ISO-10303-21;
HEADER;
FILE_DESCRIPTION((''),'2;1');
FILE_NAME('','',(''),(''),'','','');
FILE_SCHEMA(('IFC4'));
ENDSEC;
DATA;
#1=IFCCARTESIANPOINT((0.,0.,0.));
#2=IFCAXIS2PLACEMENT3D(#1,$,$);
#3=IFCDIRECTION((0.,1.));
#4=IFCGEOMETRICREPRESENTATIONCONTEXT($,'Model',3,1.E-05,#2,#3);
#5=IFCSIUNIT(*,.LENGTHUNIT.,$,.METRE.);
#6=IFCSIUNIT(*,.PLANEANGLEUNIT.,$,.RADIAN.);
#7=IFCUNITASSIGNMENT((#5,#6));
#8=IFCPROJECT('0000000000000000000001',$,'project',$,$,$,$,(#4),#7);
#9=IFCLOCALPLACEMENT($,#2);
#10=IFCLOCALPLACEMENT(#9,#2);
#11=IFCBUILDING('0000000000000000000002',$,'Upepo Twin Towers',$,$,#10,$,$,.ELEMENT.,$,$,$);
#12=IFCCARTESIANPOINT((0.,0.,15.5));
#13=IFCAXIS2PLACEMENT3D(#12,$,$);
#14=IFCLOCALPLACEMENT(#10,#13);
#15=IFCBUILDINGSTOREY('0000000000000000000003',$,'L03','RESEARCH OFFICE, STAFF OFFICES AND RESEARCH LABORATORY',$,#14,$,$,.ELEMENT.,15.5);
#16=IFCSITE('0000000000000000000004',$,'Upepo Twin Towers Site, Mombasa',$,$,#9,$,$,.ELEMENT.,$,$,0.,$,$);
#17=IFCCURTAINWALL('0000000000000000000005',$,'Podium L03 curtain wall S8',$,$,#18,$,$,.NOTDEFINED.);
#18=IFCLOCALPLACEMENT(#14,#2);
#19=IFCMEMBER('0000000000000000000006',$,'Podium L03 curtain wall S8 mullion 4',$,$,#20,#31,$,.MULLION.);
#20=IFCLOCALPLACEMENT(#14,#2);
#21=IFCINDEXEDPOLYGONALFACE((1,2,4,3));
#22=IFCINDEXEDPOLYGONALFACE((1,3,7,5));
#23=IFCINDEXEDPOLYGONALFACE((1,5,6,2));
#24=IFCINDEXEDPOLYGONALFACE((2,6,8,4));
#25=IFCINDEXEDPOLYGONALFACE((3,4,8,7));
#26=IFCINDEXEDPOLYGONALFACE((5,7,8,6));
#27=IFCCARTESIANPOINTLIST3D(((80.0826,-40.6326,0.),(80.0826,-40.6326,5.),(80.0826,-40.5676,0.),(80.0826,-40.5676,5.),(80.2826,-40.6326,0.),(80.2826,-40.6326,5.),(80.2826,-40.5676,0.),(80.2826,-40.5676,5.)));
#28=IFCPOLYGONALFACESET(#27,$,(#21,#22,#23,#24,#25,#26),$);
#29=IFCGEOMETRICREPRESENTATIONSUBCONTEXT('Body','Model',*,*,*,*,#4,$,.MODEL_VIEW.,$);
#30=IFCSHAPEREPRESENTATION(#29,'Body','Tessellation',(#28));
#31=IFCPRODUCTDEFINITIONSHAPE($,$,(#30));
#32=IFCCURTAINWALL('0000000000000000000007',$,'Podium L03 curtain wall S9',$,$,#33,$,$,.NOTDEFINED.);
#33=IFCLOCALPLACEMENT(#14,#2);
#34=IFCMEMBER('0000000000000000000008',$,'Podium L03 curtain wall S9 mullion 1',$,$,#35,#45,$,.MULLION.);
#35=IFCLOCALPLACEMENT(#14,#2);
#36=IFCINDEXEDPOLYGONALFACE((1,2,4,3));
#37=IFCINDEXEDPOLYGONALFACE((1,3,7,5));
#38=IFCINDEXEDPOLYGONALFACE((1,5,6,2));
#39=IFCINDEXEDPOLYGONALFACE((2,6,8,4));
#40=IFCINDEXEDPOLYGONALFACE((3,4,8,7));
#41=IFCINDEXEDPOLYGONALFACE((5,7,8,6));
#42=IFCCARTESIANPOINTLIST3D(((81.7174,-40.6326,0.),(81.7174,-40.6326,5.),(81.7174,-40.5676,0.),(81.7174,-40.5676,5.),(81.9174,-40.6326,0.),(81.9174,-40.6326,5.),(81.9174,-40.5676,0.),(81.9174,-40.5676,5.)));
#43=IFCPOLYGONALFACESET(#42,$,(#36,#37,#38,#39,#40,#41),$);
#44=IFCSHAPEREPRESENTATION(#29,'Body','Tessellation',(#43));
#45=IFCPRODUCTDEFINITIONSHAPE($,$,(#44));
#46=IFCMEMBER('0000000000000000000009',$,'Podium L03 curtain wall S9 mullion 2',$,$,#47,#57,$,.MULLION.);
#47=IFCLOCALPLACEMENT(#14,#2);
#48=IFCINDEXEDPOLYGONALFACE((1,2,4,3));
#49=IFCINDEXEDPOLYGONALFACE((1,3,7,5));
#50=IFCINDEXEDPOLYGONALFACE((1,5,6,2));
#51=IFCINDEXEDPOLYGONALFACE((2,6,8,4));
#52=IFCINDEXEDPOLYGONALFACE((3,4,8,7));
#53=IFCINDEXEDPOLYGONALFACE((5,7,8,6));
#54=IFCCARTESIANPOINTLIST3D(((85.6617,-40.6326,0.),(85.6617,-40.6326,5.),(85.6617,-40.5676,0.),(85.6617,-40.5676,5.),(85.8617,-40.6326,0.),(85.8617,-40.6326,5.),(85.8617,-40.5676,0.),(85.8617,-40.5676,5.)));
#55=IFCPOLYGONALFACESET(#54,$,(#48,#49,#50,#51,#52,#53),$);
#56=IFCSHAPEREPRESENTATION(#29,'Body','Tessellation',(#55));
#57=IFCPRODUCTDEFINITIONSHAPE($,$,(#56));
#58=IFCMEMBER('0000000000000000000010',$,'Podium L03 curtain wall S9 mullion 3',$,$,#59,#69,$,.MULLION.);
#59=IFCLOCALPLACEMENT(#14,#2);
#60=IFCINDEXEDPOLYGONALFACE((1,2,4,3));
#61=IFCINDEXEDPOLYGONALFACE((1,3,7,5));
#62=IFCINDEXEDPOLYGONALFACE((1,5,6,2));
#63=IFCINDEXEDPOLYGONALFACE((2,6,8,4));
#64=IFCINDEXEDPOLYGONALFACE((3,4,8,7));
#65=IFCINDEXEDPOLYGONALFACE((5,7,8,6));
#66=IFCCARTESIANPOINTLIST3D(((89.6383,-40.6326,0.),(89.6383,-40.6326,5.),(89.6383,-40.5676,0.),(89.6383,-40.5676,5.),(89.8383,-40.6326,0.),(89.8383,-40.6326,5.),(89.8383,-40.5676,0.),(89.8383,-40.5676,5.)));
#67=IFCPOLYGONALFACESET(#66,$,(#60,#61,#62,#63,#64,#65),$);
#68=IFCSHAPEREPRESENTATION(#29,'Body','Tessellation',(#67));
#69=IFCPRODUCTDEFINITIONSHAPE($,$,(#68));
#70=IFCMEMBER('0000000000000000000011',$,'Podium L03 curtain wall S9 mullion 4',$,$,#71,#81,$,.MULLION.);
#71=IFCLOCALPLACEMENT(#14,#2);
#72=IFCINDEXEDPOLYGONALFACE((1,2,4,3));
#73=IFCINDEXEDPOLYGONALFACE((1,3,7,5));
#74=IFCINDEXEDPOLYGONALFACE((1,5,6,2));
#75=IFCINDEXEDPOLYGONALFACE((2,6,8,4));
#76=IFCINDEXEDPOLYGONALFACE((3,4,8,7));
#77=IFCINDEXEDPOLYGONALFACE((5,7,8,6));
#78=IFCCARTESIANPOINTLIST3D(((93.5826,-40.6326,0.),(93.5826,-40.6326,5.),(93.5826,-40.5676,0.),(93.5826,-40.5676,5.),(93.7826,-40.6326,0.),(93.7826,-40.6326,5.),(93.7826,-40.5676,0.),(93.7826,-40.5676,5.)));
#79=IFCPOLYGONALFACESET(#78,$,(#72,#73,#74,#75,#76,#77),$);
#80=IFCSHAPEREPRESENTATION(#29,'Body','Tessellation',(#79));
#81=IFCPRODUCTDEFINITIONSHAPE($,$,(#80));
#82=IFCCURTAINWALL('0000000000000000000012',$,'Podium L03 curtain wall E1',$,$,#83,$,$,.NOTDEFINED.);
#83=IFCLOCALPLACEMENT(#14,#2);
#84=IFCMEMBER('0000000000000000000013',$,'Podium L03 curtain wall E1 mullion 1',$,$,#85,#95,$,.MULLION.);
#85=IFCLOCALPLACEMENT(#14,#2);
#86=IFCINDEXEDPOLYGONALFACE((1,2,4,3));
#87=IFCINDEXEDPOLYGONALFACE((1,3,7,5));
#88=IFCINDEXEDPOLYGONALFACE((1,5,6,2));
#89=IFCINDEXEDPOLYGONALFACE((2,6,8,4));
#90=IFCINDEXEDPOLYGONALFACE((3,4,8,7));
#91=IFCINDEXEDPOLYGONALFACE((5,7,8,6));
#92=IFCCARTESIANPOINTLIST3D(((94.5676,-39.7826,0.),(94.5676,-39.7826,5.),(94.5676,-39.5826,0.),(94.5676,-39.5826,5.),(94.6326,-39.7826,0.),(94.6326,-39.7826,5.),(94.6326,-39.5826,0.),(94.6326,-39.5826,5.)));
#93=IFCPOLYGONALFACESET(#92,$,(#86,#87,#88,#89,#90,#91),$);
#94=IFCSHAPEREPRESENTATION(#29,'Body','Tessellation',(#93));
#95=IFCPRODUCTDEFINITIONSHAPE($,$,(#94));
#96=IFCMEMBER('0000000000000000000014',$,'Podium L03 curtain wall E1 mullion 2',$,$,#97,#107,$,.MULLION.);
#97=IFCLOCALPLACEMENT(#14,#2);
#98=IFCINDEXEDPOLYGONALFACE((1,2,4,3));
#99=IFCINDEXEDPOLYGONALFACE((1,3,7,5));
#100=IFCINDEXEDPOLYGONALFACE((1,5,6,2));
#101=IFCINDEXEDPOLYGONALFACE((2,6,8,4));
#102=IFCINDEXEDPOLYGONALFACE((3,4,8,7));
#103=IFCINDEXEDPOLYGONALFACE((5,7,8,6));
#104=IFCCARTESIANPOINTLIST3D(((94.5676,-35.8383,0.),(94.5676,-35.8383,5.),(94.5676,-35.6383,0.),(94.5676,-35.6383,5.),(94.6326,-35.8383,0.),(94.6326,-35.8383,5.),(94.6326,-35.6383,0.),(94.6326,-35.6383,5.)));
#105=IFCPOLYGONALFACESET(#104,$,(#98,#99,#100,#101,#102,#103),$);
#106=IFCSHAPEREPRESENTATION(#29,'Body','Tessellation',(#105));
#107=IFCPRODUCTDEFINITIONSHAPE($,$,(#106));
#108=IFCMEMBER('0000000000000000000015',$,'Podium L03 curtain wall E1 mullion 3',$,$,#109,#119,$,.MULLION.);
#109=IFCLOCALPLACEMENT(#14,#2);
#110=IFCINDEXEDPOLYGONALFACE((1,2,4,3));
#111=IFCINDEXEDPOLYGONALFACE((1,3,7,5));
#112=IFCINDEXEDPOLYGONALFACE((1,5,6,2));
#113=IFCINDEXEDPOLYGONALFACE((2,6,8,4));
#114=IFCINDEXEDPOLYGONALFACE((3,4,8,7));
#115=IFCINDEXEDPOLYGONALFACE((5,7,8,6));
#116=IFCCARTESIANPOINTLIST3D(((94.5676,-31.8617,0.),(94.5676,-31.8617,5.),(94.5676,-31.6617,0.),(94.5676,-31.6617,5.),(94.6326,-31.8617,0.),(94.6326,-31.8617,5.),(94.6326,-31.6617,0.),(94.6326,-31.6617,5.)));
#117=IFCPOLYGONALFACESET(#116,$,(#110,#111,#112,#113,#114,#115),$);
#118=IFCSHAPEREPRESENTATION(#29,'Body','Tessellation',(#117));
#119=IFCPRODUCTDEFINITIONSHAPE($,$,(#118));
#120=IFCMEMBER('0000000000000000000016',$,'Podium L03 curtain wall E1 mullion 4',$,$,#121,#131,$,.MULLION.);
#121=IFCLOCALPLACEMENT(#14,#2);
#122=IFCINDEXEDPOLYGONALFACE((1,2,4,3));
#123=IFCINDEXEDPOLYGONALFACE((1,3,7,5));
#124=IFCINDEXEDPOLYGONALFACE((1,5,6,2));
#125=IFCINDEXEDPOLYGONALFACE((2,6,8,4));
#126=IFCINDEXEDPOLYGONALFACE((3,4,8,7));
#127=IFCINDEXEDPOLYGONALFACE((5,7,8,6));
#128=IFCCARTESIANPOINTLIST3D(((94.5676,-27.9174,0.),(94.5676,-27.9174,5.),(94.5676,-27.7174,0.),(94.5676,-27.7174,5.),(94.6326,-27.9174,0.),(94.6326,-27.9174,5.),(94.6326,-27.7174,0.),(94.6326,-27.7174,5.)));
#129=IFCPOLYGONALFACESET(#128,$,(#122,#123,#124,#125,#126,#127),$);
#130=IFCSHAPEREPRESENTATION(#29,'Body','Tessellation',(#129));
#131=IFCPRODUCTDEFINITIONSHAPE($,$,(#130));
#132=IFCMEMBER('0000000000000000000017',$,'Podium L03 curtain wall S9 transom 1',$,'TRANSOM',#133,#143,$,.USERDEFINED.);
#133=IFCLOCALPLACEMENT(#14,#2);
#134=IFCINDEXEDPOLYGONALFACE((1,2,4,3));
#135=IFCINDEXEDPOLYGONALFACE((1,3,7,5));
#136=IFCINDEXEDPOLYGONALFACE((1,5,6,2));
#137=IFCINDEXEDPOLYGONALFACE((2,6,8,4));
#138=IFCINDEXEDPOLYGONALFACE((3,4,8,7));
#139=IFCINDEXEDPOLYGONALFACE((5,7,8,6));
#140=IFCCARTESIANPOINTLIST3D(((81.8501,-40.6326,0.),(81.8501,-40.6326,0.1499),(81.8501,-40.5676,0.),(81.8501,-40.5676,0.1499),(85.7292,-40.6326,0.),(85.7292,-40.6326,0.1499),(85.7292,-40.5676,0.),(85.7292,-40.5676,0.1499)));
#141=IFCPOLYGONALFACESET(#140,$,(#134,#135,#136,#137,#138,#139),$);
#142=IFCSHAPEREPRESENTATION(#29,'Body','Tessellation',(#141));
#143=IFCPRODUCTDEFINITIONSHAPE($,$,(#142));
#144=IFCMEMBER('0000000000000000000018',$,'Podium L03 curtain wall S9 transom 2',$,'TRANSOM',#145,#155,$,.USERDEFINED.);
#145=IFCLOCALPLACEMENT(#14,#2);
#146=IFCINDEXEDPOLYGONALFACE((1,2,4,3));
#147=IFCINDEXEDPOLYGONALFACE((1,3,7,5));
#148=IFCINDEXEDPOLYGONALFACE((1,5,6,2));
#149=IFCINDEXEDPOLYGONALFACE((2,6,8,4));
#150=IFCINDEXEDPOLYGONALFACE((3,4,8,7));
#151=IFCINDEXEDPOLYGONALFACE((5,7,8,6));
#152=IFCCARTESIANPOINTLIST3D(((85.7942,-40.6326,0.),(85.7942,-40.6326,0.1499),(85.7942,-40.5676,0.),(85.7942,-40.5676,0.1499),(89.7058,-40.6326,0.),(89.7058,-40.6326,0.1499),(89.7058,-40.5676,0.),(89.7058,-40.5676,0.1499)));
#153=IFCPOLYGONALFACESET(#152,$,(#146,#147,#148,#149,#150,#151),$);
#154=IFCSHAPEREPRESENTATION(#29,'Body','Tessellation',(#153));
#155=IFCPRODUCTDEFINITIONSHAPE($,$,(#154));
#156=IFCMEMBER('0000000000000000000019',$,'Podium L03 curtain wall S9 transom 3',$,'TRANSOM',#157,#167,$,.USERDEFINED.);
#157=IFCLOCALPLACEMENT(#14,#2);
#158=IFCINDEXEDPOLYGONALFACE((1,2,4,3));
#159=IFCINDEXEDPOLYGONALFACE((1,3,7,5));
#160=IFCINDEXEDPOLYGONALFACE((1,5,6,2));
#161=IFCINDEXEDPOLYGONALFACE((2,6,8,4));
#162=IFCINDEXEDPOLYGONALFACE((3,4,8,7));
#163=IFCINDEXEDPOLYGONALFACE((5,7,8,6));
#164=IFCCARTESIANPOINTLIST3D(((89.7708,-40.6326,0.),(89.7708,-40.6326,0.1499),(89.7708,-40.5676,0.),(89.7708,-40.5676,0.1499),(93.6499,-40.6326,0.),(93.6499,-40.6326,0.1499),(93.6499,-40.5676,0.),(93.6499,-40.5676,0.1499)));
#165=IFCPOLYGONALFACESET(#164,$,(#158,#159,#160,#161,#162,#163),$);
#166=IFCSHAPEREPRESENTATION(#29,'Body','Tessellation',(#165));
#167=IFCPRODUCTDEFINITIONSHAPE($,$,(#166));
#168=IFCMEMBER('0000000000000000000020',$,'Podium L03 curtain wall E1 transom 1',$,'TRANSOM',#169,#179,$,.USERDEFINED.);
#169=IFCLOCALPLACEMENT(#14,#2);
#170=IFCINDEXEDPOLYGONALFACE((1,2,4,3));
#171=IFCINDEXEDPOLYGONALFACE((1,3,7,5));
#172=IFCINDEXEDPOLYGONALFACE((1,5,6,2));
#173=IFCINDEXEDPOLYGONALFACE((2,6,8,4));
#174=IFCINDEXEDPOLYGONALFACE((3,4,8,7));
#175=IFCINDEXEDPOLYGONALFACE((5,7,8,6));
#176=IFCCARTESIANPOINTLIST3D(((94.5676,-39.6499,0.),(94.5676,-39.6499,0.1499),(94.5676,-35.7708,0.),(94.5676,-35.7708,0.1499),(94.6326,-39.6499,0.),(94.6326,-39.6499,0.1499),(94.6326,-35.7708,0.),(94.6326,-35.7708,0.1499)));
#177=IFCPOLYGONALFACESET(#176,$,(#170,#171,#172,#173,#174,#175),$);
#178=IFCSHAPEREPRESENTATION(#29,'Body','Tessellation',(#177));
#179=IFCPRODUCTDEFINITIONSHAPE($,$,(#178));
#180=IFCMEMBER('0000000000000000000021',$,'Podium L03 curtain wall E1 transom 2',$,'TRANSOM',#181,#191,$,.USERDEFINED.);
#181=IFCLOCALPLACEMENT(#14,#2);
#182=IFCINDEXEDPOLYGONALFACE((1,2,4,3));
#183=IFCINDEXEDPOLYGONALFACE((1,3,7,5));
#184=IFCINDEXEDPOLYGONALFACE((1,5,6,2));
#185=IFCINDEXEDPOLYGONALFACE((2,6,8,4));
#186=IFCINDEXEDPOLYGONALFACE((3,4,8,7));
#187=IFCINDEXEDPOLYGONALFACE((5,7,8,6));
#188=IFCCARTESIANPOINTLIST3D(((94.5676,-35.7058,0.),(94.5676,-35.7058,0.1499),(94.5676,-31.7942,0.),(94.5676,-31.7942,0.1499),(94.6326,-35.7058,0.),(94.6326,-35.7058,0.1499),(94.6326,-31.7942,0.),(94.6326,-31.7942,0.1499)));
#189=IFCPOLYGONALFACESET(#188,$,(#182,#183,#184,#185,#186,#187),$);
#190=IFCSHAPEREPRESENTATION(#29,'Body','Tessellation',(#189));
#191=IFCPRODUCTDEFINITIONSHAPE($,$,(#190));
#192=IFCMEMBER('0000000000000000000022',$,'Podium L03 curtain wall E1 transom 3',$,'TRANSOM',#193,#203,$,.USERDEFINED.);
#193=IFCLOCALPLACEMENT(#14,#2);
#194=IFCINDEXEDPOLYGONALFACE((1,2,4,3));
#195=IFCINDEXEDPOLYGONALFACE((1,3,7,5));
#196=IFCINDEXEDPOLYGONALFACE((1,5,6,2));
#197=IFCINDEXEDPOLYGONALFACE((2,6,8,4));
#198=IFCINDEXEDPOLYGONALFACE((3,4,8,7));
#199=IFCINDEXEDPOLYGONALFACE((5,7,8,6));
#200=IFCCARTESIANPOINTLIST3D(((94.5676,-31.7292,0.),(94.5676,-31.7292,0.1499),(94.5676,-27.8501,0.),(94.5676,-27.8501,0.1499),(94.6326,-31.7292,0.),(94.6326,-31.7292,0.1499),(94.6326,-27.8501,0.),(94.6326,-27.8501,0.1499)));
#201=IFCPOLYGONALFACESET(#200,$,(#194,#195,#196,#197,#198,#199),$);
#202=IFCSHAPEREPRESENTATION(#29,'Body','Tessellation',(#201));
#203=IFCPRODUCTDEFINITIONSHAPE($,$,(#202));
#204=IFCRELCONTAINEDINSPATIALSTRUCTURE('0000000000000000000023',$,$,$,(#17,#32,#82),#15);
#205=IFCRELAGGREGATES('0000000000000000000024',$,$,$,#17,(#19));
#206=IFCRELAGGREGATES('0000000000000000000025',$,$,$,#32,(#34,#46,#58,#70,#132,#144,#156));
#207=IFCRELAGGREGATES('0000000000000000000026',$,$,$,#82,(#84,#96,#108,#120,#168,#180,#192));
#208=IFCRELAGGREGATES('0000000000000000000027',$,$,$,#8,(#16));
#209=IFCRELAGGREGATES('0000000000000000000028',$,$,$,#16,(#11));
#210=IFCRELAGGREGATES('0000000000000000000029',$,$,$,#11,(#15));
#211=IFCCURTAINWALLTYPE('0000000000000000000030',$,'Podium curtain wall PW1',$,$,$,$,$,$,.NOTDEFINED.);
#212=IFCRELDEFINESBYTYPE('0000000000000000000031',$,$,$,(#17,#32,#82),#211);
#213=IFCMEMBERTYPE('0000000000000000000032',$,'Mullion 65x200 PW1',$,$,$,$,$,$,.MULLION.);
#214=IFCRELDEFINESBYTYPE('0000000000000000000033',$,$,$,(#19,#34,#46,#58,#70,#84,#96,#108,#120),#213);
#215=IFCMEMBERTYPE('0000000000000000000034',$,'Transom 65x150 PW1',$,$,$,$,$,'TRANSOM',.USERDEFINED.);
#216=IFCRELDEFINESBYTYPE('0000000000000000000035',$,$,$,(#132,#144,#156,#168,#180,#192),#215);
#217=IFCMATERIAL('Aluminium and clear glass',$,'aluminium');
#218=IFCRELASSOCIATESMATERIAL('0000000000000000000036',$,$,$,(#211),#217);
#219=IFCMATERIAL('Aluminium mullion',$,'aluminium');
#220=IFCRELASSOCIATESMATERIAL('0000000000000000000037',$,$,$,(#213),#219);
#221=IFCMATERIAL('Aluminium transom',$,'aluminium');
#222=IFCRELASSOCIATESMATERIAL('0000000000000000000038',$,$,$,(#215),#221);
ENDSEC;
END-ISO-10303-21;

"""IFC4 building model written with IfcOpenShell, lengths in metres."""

from ifc_helpers import new_model, si_unit, direction, frame, origin, origin_2d, place, context, subcontext, project, spatial, rectangle, extrude, material, material_profile, profile_set, type_object, element, aggregate, save


model = new_model("IFC4")

# Units and contexts
model_context = context("Model", 3, precision=1e-05, world=origin(), true_north=direction((0.0, 1.0)))
body_context = subcontext(model_context, "Body", "Model", "MODEL_VIEW")
ifc_project = project(units=[si_unit("LENGTHUNIT", "METRE"), si_unit("PLANEANGLEUNIT", "RADIAN")], contexts=[model_context])

# Site, building, storey
site_placement = place(None, origin())
site = spatial("IfcSite", under=ifc_project, at=site_placement, Name="Upepo Twin Towers Site, Mombasa", CompositionType="ELEMENT", RefElevation=0.0)
building_placement = place(site_placement, origin())
building = spatial("IfcBuilding", under=site, at=building_placement, Name="Upepo Twin Towers", CompositionType="ELEMENT")
storey_placement = place(building_placement, frame((0.0, 0.0, 15.5)))
storey = spatial("IfcBuildingStorey", under=building, at=storey_placement, Name="L03", Description="RESEARCH OFFICE, STAFF OFFICES AND RESEARCH LABORATORY", CompositionType="ELEMENT", Elevation=15.5)

# Curtain wall, member
ifc_material_1 = material(Name="Aluminium and clear glass", Category="aluminium")
curtain_wall_type = type_object("IfcCurtainWallType", Name="Podium curtain wall PW1", PredefinedType="NOTDEFINED", material=ifc_material_1)
curtain_wall_1_placement = place(storey_placement, origin())
curtain_wall_1 = element("IfcCurtainWall", 1, at=curtain_wall_1_placement, inside=storey, type_object=curtain_wall_type, Name="Podium L03 curtain wall S8", PredefinedType="NOTDEFINED")
ifc_material_2 = material(Name="Aluminium mullion", Category="aluminium")
ifc_material_profile_1 = material_profile(ifc_material_2, rectangle(XDim=0.0649, YDim=0.2, at=origin_2d()), Name="MULLION 65x200 PODIUM")
ifc_profile_set_1 = profile_set([ifc_material_profile_1], Name="Aluminium mullion")
member_type_1 = type_object("IfcMemberType", Name="Mullion 65x200 PW1", PredefinedType="MULLION", material=ifc_profile_set_1)
member_1_placement = place(storey_placement, frame((80.1826, -40.6001, 0.0), z_axis=(0.0, 0.0, 1.0), x_axis=(0.0, 1.0, 0.0)))
member_1 = element("IfcMember", 2, at=member_1_placement, type_object=member_type_1, Name="Podium L03 curtain wall S8 mullion 4", PredefinedType="MULLION", context=body_context, shape_type="SweptSolid", body=[
    extrude(rectangle(XDim=0.0649, YDim=0.2, at=origin_2d()), origin(), (0.0, 0.0, 1.0), 5.0),
])
aggregate(curtain_wall_1, [member_1])

# Curtain walls, members
curtain_wall_2_placement = place(storey_placement, origin())
curtain_wall_2 = element("IfcCurtainWall", 3, at=curtain_wall_2_placement, inside=storey, type_object=curtain_wall_type, Name="Podium L03 curtain wall S9", PredefinedType="NOTDEFINED")
member_2_placement = place(storey_placement, frame((81.8174, -40.6001, 0.0), z_axis=(0.0, 0.0, 1.0), x_axis=(0.0, 1.0, 0.0)))
member_2 = element("IfcMember", 4, at=member_2_placement, type_object=member_type_1, Name="Podium L03 curtain wall S9 mullion 1", PredefinedType="MULLION", context=body_context, shape_type="SweptSolid", body=[
    extrude(rectangle(XDim=0.0649, YDim=0.2, at=origin_2d()), origin(), (0.0, 0.0, 1.0), 5.0),
])
member_3_placement = place(storey_placement, frame((85.7617, -40.6001, 0.0), z_axis=(0.0, 0.0, 1.0), x_axis=(0.0, 1.0, 0.0)))
member_3 = element("IfcMember", 5, at=member_3_placement, type_object=member_type_1, Name="Podium L03 curtain wall S9 mullion 2", PredefinedType="MULLION", context=body_context, shape_type="SweptSolid", body=[
    extrude(rectangle(XDim=0.0649, YDim=0.2, at=origin_2d()), origin(), (0.0, 0.0, 1.0), 5.0),
])
member_4_placement = place(storey_placement, frame((89.7383, -40.6001, 0.0), z_axis=(0.0, 0.0, 1.0), x_axis=(0.0, 1.0, 0.0)))
member_4 = element("IfcMember", 6, at=member_4_placement, type_object=member_type_1, Name="Podium L03 curtain wall S9 mullion 3", PredefinedType="MULLION", context=body_context, shape_type="SweptSolid", body=[
    extrude(rectangle(XDim=0.0649, YDim=0.2, at=origin_2d()), origin(), (0.0, 0.0, 1.0), 5.0),
])
member_5_placement = place(storey_placement, frame((93.6826, -40.6001, 0.0), z_axis=(0.0, 0.0, 1.0), x_axis=(0.0, 1.0, 0.0)))
member_5 = element("IfcMember", 7, at=member_5_placement, type_object=member_type_1, Name="Podium L03 curtain wall S9 mullion 4", PredefinedType="MULLION", context=body_context, shape_type="SweptSolid", body=[
    extrude(rectangle(XDim=0.0649, YDim=0.2, at=origin_2d()), origin(), (0.0, 0.0, 1.0), 5.0),
])
curtain_wall_3_placement = place(storey_placement, origin())
curtain_wall_3 = element("IfcCurtainWall", 8, at=curtain_wall_3_placement, inside=storey, type_object=curtain_wall_type, Name="Podium L03 curtain wall E1", PredefinedType="NOTDEFINED")
member_6_placement = place(storey_placement, frame((94.6001, -39.6826, 0.0), z_axis=(0.0, 0.0, 1.0), x_axis=(-1.0, 0.0, 0.0)))
member_6 = element("IfcMember", 9, at=member_6_placement, type_object=member_type_1, Name="Podium L03 curtain wall E1 mullion 1", PredefinedType="MULLION", context=body_context, shape_type="SweptSolid", body=[
    extrude(rectangle(XDim=0.0649, YDim=0.2, at=origin_2d()), origin(), (0.0, 0.0, 1.0), 5.0),
])
member_7_placement = place(storey_placement, frame((94.6001, -35.7383, 0.0), z_axis=(0.0, 0.0, 1.0), x_axis=(-1.0, 0.0, 0.0)))
member_7 = element("IfcMember", 10, at=member_7_placement, type_object=member_type_1, Name="Podium L03 curtain wall E1 mullion 2", PredefinedType="MULLION", context=body_context, shape_type="SweptSolid", body=[
    extrude(rectangle(XDim=0.0649, YDim=0.2, at=origin_2d()), origin(), (0.0, 0.0, 1.0), 5.0),
])
member_8_placement = place(storey_placement, frame((94.6001, -31.7617, 0.0), z_axis=(0.0, 0.0, 1.0), x_axis=(-1.0, 0.0, 0.0)))
member_8 = element("IfcMember", 11, at=member_8_placement, type_object=member_type_1, Name="Podium L03 curtain wall E1 mullion 3", PredefinedType="MULLION", context=body_context, shape_type="SweptSolid", body=[
    extrude(rectangle(XDim=0.0649, YDim=0.2, at=origin_2d()), origin(), (0.0, 0.0, 1.0), 5.0),
])
member_9_placement = place(storey_placement, frame((94.6001, -27.8174, 0.0), z_axis=(0.0, 0.0, 1.0), x_axis=(-1.0, 0.0, 0.0)))
member_9 = element("IfcMember", 12, at=member_9_placement, type_object=member_type_1, Name="Podium L03 curtain wall E1 mullion 4", PredefinedType="MULLION", context=body_context, shape_type="SweptSolid", body=[
    extrude(rectangle(XDim=0.0649, YDim=0.2, at=origin_2d()), origin(), (0.0, 0.0, 1.0), 5.0),
])

# Members
ifc_material_3 = material(Name="Aluminium transom", Category="aluminium")
ifc_material_profile_2 = material_profile(ifc_material_3, rectangle(XDim=0.0649, YDim=0.1499, at=origin_2d()), Name="TRANSOM 65x150 PODIUM")
ifc_profile_set_2 = profile_set([ifc_material_profile_2], Name="Aluminium transom")
member_type_2 = type_object("IfcMemberType", Name="Transom 65x150 PW1", ElementType="TRANSOM", PredefinedType="USERDEFINED", material=ifc_profile_set_2)
member_10_placement = place(storey_placement, frame((81.8501, -40.6001, 0.075), z_axis=(1.0, 0.0, 0.0), x_axis=(0.0, 1.0, 0.0)))
member_10 = element("IfcMember", 13, at=member_10_placement, type_object=member_type_2, Name="Podium L03 curtain wall S9 transom 1", ObjectType="TRANSOM", PredefinedType="USERDEFINED", context=body_context, shape_type="SweptSolid", body=[
    extrude(rectangle(XDim=0.0649, YDim=0.1499, at=origin_2d()), origin(), (0.0, 0.0, 1.0), 3.8792),
])
member_11_placement = place(storey_placement, frame((85.7942, -40.6001, 0.075), z_axis=(1.0, 0.0, 0.0), x_axis=(0.0, 1.0, 0.0)))
member_11 = element("IfcMember", 14, at=member_11_placement, type_object=member_type_2, Name="Podium L03 curtain wall S9 transom 2", ObjectType="TRANSOM", PredefinedType="USERDEFINED", context=body_context, shape_type="SweptSolid", body=[
    extrude(rectangle(XDim=0.0649, YDim=0.1499, at=origin_2d()), origin(), (0.0, 0.0, 1.0), 3.9116),
])
member_12_placement = place(storey_placement, frame((89.7708, -40.6001, 0.075), z_axis=(1.0, 0.0, 0.0), x_axis=(0.0, 1.0, 0.0)))
member_12 = element("IfcMember", 15, at=member_12_placement, type_object=member_type_2, Name="Podium L03 curtain wall S9 transom 3", ObjectType="TRANSOM", PredefinedType="USERDEFINED", context=body_context, shape_type="SweptSolid", body=[
    extrude(rectangle(XDim=0.0649, YDim=0.1499, at=origin_2d()), origin(), (0.0, 0.0, 1.0), 3.8792),
])
member_13_placement = place(storey_placement, frame((94.6001, -39.6499, 0.075), z_axis=(0.0, 1.0, 0.0), x_axis=(-1.0, 0.0, 0.0)))
member_13 = element("IfcMember", 16, at=member_13_placement, type_object=member_type_2, Name="Podium L03 curtain wall E1 transom 1", ObjectType="TRANSOM", PredefinedType="USERDEFINED", context=body_context, shape_type="SweptSolid", body=[
    extrude(rectangle(XDim=0.0649, YDim=0.1499, at=origin_2d()), origin(), (0.0, 0.0, 1.0), 3.8792),
])
member_14_placement = place(storey_placement, frame((94.6001, -35.7058, 0.075), z_axis=(0.0, 1.0, 0.0), x_axis=(-1.0, 0.0, 0.0)))
member_14 = element("IfcMember", 17, at=member_14_placement, type_object=member_type_2, Name="Podium L03 curtain wall E1 transom 2", ObjectType="TRANSOM", PredefinedType="USERDEFINED", context=body_context, shape_type="SweptSolid", body=[
    extrude(rectangle(XDim=0.0649, YDim=0.1499, at=origin_2d()), origin(), (0.0, 0.0, 1.0), 3.9116),
])
member_15_placement = place(storey_placement, frame((94.6001, -31.7292, 0.075), z_axis=(0.0, 1.0, 0.0), x_axis=(-1.0, 0.0, 0.0)))
member_15 = element("IfcMember", 18, at=member_15_placement, type_object=member_type_2, Name="Podium L03 curtain wall E1 transom 3", ObjectType="TRANSOM", PredefinedType="USERDEFINED", context=body_context, shape_type="SweptSolid", body=[
    extrude(rectangle(XDim=0.0649, YDim=0.1499, at=origin_2d()), origin(), (0.0, 0.0, 1.0), 3.8792),
])

aggregate(curtain_wall_2, [member_2, member_3, member_4, member_5, member_10, member_11, member_12])
aggregate(curtain_wall_3, [member_6, member_7, member_8, member_9, member_13, member_14, member_15])

save(model, "model.ifc")
